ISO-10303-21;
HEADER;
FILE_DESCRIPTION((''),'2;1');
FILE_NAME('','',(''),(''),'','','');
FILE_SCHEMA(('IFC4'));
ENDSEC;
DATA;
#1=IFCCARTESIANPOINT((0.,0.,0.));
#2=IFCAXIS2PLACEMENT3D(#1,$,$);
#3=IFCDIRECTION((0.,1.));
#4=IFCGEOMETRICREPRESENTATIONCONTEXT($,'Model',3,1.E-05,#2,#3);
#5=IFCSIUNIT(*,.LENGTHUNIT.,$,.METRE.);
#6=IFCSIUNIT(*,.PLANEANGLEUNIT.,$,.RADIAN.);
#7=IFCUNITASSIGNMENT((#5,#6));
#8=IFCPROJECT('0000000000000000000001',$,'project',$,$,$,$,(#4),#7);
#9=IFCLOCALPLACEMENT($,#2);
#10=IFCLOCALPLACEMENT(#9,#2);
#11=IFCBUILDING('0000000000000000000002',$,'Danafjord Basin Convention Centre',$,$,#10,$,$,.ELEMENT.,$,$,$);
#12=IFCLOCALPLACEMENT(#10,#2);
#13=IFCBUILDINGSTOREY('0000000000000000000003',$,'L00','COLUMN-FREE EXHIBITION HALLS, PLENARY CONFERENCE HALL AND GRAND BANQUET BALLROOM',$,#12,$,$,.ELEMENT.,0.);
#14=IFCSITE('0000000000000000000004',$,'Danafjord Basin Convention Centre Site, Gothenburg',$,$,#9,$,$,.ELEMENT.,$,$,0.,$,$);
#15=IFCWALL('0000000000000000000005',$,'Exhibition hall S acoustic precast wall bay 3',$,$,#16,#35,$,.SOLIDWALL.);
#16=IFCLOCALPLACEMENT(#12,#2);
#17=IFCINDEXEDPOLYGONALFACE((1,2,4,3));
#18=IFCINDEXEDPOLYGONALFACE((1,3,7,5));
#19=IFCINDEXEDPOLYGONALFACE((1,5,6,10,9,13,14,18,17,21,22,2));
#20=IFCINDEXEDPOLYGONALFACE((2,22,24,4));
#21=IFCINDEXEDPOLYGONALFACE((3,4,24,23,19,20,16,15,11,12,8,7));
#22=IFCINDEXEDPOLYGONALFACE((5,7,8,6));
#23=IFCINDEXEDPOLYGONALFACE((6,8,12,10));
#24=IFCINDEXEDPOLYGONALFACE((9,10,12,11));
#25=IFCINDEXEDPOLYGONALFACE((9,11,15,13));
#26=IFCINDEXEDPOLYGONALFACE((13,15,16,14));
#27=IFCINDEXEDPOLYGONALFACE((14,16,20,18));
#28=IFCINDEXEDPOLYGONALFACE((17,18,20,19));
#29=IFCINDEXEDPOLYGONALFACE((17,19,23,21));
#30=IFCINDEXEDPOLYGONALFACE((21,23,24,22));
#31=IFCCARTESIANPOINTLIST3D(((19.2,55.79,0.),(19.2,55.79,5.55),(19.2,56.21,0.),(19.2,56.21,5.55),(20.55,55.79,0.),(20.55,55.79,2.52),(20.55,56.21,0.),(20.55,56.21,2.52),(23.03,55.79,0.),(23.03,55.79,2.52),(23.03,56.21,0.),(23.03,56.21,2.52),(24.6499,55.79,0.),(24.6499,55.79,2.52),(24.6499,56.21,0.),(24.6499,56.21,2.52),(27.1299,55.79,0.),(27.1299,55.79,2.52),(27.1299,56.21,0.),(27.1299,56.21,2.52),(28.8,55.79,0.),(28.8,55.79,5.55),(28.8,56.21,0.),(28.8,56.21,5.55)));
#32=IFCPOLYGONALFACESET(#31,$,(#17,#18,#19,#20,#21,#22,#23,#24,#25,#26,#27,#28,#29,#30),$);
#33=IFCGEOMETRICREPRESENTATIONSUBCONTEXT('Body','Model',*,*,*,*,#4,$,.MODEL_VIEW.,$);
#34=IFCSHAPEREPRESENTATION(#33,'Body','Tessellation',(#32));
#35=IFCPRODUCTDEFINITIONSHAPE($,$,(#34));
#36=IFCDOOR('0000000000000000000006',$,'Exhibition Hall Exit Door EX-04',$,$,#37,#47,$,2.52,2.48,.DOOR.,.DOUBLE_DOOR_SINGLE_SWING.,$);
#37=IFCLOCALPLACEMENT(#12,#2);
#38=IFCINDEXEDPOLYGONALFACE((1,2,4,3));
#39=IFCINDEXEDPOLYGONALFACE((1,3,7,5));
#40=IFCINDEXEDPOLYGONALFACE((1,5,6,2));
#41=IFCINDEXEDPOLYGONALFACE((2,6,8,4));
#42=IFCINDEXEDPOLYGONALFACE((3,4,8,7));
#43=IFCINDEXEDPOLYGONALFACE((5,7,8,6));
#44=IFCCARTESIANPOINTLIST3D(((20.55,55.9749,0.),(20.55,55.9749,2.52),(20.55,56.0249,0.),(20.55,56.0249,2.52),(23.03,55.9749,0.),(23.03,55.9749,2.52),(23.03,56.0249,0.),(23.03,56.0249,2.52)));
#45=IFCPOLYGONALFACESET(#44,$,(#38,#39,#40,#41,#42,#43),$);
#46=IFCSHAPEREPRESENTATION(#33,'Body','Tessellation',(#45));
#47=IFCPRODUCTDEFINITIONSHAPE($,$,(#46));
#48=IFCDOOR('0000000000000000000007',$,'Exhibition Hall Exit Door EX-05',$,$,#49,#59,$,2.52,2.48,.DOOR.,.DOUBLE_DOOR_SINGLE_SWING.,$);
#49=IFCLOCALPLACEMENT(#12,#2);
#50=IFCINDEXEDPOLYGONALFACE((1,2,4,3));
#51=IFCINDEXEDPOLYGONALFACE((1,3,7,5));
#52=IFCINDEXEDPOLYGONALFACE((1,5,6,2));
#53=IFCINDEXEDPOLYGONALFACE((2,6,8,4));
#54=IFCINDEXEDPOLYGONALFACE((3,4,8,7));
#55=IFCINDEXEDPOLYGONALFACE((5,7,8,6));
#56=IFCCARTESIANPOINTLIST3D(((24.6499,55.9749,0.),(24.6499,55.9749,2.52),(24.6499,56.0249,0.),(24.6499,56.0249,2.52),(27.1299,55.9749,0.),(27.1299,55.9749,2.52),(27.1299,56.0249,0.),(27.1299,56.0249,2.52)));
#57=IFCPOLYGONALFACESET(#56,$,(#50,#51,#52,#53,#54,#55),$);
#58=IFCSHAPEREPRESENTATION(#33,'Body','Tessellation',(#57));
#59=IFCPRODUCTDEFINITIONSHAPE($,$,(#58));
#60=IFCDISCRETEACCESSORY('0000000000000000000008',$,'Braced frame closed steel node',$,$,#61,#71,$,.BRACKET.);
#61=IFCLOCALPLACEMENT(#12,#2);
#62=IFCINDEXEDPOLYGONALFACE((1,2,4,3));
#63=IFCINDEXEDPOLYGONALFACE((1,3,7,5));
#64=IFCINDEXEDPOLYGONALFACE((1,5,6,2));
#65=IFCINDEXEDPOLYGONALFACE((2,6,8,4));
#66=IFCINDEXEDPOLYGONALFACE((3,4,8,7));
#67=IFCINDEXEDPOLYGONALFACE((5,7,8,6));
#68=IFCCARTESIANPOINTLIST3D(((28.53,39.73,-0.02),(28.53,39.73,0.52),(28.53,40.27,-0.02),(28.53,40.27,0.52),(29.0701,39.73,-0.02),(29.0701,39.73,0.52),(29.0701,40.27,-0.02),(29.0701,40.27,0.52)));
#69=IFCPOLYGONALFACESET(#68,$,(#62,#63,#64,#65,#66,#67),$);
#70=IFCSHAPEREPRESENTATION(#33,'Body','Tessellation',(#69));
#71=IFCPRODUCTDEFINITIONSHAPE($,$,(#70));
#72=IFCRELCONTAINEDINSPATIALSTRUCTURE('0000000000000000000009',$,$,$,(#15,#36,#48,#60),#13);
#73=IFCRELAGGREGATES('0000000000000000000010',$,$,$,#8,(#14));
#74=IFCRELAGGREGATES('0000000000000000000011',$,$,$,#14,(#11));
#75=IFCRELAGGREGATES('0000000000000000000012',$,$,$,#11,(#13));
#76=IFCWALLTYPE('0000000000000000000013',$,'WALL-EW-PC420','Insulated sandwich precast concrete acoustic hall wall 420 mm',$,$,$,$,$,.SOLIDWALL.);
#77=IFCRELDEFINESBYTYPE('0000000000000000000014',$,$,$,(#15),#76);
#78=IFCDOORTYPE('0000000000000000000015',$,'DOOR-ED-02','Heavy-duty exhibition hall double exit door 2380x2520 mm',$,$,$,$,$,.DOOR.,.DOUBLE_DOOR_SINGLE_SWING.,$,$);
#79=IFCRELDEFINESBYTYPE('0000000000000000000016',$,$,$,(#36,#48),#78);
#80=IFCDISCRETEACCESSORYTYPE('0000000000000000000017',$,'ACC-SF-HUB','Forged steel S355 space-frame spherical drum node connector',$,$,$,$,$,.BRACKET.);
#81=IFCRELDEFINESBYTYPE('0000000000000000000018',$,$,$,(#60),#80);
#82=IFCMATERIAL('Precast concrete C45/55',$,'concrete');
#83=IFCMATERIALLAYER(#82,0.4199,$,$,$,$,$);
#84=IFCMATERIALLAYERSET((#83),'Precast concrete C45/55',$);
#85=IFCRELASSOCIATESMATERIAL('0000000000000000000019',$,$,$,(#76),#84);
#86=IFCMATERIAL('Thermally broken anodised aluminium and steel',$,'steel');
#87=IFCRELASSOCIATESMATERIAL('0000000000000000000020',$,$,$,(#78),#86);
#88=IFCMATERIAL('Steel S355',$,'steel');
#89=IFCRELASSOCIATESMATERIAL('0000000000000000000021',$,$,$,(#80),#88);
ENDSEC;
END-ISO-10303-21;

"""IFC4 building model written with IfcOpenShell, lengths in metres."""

from ifc_helpers import new_model, si_unit, direction, frame, frame_2d, origin, origin_2d, place, context, subcontext, project, spatial, rectangle, extrude, material, layer, layer_set, type_object, element, fill, save


model = new_model("IFC4")

# Units and contexts
model_context = context("Model", 3, precision=1e-05, world=origin(), true_north=direction((0.0, 1.0)))
body_context = subcontext(model_context, "Body", "Model", "MODEL_VIEW")
ifc_project = project(units=[si_unit("LENGTHUNIT", "METRE"), si_unit("PLANEANGLEUNIT", "RADIAN")], contexts=[model_context])

# Site, building, storey
site_placement = place(None, origin())
site = spatial("IfcSite", under=ifc_project, at=site_placement, Name="Danafjord Basin Convention Centre Site, Gothenburg", CompositionType="ELEMENT", RefElevation=0.0)
building_placement = place(site_placement, origin())
building = spatial("IfcBuilding", under=site, at=building_placement, Name="Danafjord Basin Convention Centre", CompositionType="ELEMENT")
storey_placement = place(building_placement, origin())
storey = spatial("IfcBuildingStorey", under=building, at=storey_placement, Name="L00", Description="COLUMN-FREE EXHIBITION HALLS, PLENARY CONFERENCE HALL AND GRAND BANQUET BALLROOM", CompositionType="ELEMENT", Elevation=0.0)

# Shared definitions
ifc_material_1 = material(Name="Steel S355", Category="steel")

# Shared definitions
ifc_material_2 = material(Name="Thermally broken anodised aluminium and steel", Category="steel")

# Wall, openings, doors
ifc_material_3 = material(Name="Precast concrete C45/55", Category="concrete")
ifc_layer_1 = layer(ifc_material_3, 0.4199)
ifc_layer_set_1 = layer_set([ifc_layer_1], Name="Precast concrete C45/55")
wall_type_1 = type_object("IfcWallType", Name="WALL-EW-PC420", Description="Insulated sandwich precast concrete acoustic hall wall 420 mm", PredefinedType="SOLIDWALL", material=ifc_layer_set_1)
wall_1_placement = place(storey_placement, frame((19.2, 56.0, 0.0), z_axis=(0.0, 0.0, 1.0), x_axis=(1.0, 0.0, 0.0)))
wall_1 = element("IfcWall", 1, at=wall_1_placement, inside=storey, type_object=wall_type_1, Name="Exhibition hall S acoustic precast wall bay 3", PredefinedType="SOLIDWALL", context=body_context, shape_type="SweptSolid", body=[
    extrude(rectangle(XDim=9.6001, YDim=0.4199, at=frame_2d((4.8, 0.0))), origin(), (0.0, 0.0, 1.0), 5.55),
])
opening_1_placement = place(wall_1_placement, frame((1.3501, 0.0, 0.0)))
opening_1 = element("IfcOpeningElement", 2, at=opening_1_placement, cuts=wall_1, PredefinedType="OPENING", context=body_context, shape_type="SweptSolid", body=[
    extrude(rectangle(XDim=2.48, YDim=2.52, at=frame_2d((1.24, 1.26))), frame((0.0, 0.22, 0.0), z_axis=(0.0, -1.0, 0.0), x_axis=(1.0, 0.0, 0.0)), (0.0, 0.0, 1.0), 0.4399),
])
opening_2_placement = place(wall_1_placement, frame((5.45, 0.0, 0.0)))
opening_2 = element("IfcOpeningElement", 3, at=opening_2_placement, cuts=wall_1, PredefinedType="OPENING", context=body_context, shape_type="SweptSolid", body=[
    extrude(rectangle(XDim=2.48, YDim=2.52, at=frame_2d((1.24, 1.26))), frame((0.0, 0.22, 0.0), z_axis=(0.0, -1.0, 0.0), x_axis=(1.0, 0.0, 0.0)), (0.0, 0.0, 1.0), 0.4399),
])
door_type_1 = type_object("IfcDoorType", Name="DOOR-ED-02", Description="Heavy-duty exhibition hall double exit door 2380x2520 mm", OperationType="DOUBLE_DOOR_SINGLE_SWING", PredefinedType="DOOR", material=ifc_material_2)
door_1_placement = place(opening_1_placement, origin())
door_1 = element("IfcDoor", 4, at=door_1_placement, inside=storey, type_object=door_type_1, Name="Exhibition Hall Exit Door EX-04", OperationType="DOUBLE_DOOR_SINGLE_SWING", OverallHeight=2.52, OverallWidth=2.48, PredefinedType="DOOR", context=body_context, shape_type="SweptSolid", body=[
    extrude(rectangle(XDim=2.48, YDim=2.52, at=frame_2d((1.24, 1.26))), frame((0.0, 0.0249, 0.0), z_axis=(0.0, -1.0, 0.0), x_axis=(1.0, 0.0, 0.0)), (0.0, 0.0, 1.0), 0.05),
])
fill(opening_1, door_1)
door_2_placement = place(opening_2_placement, origin())
door_2 = element("IfcDoor", 5, at=door_2_placement, inside=storey, type_object=door_type_1, Name="Exhibition Hall Exit Door EX-05", OperationType="DOUBLE_DOOR_SINGLE_SWING", OverallHeight=2.52, OverallWidth=2.48, PredefinedType="DOOR", context=body_context, shape_type="SweptSolid", body=[
    extrude(rectangle(XDim=2.48, YDim=2.52, at=frame_2d((1.24, 1.26))), frame((0.0, 0.0249, 0.0), z_axis=(0.0, -1.0, 0.0), x_axis=(1.0, 0.0, 0.0)), (0.0, 0.0, 1.0), 0.05),
])
fill(opening_2, door_2)

# Discrete accessory
discrete_accessory_type = type_object("IfcDiscreteAccessoryType", Name="ACC-SF-HUB", Description="Forged steel S355 space-frame spherical drum node connector", PredefinedType="BRACKET", material=ifc_material_1)
discrete_accessory_placement = place(storey_placement, frame((28.8, 40.0, -0.02), z_axis=(0.0, 0.0, 1.0), x_axis=(1.0, 0.0, 0.0)))
element("IfcDiscreteAccessory", 6, at=discrete_accessory_placement, inside=storey, type_object=discrete_accessory_type, Name="Braced frame closed steel node", PredefinedType="BRACKET", context=body_context, shape_type="SweptSolid", body=[
    extrude(rectangle(XDim=0.54, YDim=0.54, at=origin_2d()), origin(), (0.0, 0.0, 1.0), 0.54),
])

save(model, "model.ifc")
